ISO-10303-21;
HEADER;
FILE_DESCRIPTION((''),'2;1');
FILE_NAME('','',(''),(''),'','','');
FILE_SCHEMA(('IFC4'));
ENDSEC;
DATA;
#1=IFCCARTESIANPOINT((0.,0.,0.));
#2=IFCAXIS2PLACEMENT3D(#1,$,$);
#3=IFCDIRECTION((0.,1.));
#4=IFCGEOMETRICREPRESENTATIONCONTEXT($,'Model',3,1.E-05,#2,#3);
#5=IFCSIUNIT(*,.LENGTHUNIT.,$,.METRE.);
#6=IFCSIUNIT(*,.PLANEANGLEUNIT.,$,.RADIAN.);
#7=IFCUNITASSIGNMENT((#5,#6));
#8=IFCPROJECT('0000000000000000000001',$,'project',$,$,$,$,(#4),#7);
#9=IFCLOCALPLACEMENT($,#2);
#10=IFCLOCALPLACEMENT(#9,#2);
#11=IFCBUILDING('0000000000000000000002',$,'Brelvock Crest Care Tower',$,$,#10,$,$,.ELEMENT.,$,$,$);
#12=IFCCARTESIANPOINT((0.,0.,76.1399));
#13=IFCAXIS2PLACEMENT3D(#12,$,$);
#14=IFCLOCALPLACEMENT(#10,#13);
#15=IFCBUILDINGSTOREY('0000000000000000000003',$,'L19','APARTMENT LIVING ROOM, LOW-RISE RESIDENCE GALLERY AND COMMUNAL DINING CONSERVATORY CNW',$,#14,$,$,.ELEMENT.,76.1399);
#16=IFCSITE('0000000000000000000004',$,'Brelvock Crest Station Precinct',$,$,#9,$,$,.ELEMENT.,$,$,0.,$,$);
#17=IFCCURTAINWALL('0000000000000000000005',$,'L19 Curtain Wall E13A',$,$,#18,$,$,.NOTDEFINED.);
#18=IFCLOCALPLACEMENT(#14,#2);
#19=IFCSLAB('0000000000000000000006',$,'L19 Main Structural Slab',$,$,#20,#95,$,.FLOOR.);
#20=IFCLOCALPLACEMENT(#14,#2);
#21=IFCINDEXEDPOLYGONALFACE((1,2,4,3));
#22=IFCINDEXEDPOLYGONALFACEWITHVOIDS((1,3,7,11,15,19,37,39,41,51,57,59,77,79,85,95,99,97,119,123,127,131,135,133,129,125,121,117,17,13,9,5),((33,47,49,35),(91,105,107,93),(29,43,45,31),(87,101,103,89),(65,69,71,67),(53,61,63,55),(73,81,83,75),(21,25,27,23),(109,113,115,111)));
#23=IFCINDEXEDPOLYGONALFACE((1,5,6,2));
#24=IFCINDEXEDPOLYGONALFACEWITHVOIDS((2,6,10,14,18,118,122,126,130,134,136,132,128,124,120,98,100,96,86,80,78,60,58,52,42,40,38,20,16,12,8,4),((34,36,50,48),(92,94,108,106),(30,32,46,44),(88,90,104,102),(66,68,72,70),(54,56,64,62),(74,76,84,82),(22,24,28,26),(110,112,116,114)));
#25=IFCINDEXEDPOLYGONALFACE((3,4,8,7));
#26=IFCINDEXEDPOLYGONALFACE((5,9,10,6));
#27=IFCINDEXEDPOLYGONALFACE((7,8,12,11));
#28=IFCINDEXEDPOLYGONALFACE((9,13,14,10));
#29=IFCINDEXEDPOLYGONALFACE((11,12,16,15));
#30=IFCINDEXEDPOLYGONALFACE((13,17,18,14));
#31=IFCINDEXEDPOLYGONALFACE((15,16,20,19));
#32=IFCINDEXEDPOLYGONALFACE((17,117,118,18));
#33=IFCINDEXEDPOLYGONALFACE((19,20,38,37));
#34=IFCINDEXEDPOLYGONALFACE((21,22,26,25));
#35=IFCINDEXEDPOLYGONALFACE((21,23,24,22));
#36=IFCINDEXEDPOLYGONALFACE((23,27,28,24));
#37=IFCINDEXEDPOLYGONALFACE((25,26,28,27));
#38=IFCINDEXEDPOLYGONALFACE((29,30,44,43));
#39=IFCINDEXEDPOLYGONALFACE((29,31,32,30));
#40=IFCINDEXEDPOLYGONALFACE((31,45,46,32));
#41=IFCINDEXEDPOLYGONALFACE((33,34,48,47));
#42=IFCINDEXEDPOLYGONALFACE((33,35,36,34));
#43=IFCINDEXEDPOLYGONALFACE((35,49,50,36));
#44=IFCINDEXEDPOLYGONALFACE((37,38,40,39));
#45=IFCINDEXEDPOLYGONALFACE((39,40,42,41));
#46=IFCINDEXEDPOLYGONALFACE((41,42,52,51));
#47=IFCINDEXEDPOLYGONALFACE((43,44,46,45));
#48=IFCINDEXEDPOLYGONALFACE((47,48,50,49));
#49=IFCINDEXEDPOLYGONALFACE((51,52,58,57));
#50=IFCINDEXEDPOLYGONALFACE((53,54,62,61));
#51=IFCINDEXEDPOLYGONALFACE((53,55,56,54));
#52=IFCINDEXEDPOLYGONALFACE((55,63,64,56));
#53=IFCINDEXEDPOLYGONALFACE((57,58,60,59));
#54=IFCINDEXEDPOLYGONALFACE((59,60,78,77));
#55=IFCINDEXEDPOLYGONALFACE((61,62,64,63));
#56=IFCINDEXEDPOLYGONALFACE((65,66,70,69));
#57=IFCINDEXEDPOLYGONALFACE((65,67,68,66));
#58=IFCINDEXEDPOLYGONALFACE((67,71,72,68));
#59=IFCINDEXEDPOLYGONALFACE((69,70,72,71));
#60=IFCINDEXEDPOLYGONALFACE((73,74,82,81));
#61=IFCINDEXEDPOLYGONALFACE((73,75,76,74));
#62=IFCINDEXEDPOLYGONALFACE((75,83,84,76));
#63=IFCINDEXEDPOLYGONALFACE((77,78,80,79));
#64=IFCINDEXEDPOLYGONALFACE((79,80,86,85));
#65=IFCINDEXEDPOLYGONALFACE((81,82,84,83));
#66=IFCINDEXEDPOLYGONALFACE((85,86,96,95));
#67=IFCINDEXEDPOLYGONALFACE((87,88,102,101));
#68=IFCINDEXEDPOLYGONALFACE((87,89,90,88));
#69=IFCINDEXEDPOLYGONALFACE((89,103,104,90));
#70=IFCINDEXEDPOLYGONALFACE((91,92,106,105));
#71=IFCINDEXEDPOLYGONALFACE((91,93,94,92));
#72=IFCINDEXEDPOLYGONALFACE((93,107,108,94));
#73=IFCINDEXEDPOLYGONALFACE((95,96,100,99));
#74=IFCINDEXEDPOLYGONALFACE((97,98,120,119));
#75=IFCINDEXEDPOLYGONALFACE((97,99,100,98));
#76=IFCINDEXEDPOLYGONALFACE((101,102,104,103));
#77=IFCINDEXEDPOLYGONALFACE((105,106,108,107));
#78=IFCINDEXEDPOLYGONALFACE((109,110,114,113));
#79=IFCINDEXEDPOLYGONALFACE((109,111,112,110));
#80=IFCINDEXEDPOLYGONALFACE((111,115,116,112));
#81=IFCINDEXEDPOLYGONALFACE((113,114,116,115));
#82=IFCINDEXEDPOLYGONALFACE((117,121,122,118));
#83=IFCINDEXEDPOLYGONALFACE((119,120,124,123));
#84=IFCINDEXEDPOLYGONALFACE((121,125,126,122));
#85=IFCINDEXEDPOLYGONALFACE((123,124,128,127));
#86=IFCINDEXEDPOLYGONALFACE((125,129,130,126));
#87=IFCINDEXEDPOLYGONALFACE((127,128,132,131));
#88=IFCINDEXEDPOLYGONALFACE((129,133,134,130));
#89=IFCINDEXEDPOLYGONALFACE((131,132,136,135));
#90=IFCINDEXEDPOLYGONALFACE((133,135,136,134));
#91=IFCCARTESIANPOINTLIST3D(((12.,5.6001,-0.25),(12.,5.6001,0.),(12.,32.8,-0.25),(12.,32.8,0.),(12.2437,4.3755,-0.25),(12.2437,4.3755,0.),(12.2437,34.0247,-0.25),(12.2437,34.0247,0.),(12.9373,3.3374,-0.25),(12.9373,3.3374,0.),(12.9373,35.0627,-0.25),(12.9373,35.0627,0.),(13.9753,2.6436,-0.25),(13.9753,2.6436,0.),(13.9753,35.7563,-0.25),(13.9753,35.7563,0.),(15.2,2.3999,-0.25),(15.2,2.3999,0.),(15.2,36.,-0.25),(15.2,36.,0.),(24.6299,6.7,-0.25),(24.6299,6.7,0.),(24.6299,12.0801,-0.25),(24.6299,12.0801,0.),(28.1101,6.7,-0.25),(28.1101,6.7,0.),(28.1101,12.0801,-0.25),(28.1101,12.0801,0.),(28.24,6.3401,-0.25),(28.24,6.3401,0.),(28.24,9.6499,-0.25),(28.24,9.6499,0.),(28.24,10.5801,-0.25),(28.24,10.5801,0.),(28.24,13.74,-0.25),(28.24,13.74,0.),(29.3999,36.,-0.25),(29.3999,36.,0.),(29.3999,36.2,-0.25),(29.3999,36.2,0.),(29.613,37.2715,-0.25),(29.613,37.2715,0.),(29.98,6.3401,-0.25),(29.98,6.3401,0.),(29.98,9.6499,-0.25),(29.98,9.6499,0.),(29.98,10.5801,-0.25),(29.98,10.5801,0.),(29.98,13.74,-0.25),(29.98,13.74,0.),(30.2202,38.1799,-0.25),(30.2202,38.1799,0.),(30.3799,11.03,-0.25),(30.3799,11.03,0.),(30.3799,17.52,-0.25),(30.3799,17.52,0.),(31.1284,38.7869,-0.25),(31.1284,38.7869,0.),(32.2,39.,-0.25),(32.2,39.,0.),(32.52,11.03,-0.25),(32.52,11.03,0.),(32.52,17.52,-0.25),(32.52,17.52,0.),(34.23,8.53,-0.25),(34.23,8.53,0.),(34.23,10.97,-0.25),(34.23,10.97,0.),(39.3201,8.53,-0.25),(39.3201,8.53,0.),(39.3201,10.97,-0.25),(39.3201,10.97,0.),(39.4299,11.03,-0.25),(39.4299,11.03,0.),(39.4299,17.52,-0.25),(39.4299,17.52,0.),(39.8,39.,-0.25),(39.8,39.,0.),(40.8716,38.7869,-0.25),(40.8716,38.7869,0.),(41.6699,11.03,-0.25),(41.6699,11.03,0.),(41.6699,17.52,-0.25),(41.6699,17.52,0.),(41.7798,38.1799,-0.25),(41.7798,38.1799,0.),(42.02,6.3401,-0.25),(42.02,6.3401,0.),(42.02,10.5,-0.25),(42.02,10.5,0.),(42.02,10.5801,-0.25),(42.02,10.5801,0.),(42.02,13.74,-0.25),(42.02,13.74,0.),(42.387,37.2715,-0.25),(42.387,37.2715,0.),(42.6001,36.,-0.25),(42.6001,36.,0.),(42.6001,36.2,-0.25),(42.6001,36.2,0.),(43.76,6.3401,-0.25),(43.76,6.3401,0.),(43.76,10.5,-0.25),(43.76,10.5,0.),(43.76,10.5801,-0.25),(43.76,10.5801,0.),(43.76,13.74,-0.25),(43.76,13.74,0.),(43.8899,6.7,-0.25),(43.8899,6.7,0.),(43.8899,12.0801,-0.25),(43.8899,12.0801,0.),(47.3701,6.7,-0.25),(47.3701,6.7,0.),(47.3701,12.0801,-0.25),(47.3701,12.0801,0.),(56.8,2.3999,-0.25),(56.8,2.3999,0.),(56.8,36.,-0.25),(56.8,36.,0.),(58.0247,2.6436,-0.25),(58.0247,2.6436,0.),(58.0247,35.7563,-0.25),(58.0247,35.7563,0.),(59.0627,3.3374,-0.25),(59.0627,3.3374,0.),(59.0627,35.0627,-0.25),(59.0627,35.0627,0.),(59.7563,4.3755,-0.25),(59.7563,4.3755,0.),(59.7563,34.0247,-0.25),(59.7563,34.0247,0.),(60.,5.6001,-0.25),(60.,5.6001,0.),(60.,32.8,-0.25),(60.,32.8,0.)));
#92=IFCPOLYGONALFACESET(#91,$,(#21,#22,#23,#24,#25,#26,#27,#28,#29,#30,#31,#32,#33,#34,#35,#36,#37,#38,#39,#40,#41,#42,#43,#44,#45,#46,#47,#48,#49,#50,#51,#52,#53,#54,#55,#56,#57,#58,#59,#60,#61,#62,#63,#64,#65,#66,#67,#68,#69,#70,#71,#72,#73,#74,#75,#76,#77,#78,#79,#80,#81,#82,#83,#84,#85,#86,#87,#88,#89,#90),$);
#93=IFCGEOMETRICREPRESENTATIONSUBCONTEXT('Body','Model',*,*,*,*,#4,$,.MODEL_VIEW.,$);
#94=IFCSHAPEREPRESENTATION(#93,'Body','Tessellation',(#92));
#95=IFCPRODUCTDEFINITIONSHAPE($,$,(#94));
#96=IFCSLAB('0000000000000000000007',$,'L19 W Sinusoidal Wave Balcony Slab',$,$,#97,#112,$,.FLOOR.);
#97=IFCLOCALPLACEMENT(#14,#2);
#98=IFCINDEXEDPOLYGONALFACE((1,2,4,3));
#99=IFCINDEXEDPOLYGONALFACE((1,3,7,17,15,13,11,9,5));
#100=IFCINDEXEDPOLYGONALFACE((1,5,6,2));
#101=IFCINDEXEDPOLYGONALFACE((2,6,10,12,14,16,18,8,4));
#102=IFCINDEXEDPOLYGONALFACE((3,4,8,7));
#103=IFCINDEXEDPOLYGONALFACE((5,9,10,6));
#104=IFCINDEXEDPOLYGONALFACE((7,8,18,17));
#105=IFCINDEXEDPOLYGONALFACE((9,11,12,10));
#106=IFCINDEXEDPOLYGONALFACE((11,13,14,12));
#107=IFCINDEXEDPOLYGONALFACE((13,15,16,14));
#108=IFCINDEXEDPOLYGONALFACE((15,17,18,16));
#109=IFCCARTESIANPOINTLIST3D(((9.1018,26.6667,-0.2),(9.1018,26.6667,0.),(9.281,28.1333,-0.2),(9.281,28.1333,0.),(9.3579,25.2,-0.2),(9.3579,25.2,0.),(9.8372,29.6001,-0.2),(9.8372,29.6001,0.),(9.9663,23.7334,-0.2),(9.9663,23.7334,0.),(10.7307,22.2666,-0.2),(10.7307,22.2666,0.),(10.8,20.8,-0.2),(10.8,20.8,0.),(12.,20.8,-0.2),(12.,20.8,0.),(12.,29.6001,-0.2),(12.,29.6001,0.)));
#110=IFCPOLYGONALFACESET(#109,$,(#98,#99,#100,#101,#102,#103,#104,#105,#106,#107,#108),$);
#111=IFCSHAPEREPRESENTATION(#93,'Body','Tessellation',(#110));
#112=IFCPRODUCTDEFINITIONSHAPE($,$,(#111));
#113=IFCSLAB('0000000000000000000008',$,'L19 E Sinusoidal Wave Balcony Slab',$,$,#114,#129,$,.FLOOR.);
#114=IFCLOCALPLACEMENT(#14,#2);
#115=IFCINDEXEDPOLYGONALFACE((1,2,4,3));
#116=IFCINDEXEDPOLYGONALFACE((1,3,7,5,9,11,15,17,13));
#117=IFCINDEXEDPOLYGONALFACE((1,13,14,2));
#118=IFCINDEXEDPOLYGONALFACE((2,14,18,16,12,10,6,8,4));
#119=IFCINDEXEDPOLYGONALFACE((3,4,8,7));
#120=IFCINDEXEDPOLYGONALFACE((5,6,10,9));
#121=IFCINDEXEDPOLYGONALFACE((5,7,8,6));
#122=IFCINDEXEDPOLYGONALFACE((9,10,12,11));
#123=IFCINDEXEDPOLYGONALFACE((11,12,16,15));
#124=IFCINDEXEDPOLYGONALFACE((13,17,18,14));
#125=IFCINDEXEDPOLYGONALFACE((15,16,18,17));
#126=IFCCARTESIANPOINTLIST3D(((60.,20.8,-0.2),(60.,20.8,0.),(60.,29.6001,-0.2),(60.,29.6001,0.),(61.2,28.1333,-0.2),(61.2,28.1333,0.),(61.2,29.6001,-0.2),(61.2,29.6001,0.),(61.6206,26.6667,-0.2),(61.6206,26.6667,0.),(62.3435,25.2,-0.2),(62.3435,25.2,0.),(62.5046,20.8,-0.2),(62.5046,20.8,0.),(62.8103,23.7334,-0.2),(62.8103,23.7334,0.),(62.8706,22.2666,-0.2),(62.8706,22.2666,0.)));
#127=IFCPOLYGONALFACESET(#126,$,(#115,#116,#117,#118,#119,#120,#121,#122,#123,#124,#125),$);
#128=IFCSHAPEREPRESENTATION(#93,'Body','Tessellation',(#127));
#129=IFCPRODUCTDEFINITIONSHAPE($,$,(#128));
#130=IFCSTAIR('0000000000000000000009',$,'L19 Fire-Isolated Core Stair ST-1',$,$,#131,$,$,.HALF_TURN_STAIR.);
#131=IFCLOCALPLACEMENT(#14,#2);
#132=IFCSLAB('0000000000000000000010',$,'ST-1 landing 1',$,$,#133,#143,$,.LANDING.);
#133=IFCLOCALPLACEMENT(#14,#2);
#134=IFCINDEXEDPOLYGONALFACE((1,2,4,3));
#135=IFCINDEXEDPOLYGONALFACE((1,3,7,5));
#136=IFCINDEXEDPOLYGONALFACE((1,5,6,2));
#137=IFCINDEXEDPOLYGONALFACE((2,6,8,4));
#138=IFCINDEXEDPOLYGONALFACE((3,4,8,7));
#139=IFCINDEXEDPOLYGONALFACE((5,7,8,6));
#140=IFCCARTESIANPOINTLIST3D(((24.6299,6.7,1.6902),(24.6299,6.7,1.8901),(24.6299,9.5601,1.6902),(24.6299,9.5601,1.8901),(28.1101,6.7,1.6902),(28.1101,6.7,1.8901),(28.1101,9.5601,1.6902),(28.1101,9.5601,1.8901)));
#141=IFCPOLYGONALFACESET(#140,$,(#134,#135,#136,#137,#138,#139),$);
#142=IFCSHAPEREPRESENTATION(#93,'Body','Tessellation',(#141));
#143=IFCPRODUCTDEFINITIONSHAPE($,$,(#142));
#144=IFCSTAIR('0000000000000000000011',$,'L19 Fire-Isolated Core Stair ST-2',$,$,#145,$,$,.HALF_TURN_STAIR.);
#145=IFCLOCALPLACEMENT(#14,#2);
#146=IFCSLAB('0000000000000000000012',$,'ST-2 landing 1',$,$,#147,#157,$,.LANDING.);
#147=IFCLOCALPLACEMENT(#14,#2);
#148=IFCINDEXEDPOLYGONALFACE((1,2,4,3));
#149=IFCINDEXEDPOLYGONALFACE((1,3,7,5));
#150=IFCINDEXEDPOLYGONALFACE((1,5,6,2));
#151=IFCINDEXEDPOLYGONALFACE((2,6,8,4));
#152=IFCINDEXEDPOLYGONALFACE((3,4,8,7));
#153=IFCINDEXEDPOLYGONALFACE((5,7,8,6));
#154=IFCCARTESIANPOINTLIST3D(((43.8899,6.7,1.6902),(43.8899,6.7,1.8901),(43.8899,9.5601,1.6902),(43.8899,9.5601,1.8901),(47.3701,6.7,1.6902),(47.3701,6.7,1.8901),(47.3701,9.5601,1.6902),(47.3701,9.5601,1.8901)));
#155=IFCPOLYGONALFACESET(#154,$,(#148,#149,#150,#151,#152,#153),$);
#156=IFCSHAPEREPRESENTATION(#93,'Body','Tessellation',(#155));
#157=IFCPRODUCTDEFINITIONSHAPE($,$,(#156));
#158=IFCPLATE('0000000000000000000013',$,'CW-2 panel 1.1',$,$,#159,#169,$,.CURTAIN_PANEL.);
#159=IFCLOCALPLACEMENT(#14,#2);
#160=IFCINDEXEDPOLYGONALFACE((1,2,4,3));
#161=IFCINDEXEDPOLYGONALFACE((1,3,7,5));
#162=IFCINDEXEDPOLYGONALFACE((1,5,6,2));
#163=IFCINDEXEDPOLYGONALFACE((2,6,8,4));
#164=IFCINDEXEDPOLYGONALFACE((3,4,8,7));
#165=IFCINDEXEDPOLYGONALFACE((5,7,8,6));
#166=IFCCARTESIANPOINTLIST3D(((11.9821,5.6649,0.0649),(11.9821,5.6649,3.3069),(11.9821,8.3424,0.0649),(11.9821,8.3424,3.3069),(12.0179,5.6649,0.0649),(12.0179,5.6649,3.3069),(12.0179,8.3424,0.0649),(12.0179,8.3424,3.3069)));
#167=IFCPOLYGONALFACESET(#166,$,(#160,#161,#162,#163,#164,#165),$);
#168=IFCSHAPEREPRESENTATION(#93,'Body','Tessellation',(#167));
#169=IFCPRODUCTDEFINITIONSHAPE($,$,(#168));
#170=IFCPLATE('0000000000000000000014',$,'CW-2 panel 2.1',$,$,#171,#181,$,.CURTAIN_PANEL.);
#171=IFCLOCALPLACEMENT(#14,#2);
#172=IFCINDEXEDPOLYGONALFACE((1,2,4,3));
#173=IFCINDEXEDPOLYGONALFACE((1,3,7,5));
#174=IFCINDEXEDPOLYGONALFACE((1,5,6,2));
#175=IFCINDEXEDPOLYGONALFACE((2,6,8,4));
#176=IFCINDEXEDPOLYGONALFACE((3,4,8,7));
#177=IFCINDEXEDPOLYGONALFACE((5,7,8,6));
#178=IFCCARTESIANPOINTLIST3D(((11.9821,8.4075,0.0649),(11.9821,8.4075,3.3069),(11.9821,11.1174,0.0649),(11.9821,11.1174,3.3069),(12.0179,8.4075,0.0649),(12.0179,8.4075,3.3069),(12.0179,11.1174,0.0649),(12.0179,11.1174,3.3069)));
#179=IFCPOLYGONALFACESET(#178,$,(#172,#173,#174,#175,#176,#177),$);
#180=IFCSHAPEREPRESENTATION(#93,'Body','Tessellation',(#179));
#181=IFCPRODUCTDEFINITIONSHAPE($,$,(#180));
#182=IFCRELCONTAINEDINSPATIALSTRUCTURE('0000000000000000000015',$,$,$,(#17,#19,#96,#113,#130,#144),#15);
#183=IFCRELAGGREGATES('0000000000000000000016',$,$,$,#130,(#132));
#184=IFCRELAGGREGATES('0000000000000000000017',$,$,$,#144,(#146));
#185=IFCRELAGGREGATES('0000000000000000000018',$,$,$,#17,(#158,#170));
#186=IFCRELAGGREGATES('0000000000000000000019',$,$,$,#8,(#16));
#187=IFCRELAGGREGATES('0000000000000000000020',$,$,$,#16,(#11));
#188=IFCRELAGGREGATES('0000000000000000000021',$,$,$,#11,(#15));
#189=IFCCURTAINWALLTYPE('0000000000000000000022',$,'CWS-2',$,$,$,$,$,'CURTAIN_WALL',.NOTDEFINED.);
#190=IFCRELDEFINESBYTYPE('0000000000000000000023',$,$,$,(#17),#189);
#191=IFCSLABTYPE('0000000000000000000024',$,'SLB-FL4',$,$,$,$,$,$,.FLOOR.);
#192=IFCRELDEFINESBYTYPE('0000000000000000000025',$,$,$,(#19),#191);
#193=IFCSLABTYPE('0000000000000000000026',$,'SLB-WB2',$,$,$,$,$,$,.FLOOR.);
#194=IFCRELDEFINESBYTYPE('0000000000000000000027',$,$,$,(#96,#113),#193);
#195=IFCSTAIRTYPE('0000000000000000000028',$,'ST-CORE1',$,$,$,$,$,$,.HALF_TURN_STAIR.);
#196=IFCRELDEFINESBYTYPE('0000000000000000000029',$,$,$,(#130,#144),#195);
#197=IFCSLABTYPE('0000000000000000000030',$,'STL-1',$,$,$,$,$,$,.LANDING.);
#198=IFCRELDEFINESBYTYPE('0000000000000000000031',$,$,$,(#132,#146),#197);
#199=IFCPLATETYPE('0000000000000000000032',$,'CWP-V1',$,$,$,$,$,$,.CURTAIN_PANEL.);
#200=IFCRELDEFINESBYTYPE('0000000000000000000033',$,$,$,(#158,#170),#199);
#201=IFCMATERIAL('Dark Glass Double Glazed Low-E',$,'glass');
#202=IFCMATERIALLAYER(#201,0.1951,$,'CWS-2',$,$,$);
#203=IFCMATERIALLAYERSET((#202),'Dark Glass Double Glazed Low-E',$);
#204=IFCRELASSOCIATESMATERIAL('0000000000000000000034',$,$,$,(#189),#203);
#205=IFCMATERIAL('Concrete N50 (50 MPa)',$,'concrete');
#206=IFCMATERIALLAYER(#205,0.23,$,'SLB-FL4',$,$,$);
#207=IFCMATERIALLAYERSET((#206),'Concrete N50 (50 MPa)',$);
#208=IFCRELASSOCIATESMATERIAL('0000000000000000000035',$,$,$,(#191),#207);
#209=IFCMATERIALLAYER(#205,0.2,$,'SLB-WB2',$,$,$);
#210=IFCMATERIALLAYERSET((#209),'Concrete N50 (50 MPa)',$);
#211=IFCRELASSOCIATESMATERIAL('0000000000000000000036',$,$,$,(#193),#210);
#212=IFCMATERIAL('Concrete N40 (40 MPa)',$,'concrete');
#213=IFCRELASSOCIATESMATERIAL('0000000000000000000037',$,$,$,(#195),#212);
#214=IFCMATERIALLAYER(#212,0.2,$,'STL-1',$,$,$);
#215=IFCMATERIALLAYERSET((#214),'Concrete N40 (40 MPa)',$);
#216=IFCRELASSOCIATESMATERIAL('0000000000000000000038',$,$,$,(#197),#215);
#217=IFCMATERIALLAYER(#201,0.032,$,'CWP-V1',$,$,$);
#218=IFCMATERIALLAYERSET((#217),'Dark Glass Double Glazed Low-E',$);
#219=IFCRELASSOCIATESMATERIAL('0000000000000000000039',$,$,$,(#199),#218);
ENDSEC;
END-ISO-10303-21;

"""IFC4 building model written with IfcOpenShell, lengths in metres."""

from ifc_helpers import new_model, si_unit, direction, frame, origin, origin_2d, place, context, subcontext, project, spatial, polyline, rectangle, outline, extrude, source, transform, mapped, material, layer, layer_set, type_object, element, aggregate, save


model = new_model("IFC4")

# Units and contexts
model_context = context("Model", 3, precision=1e-05, world=origin(), true_north=direction((0.0, 1.0)))
body_context = subcontext(model_context, "Body", "Model", "MODEL_VIEW")
ifc_project = project(units=[si_unit("LENGTHUNIT", "METRE"), si_unit("PLANEANGLEUNIT", "RADIAN")], contexts=[model_context])

# Site, building, storey
site_placement = place(None, origin())
site = spatial("IfcSite", under=ifc_project, at=site_placement, Name="Brelvock Crest Station Precinct", CompositionType="ELEMENT", RefElevation=0.0)
building_placement = place(site_placement, origin())
building = spatial("IfcBuilding", under=site, at=building_placement, Name="Brelvock Crest Care Tower", CompositionType="ELEMENT")
storey_placement = place(building_placement, frame((0.0, 0.0, 76.1399)))
storey = spatial("IfcBuildingStorey", under=building, at=storey_placement, Name="L19", Description="APARTMENT LIVING ROOM, LOW-RISE RESIDENCE GALLERY AND COMMUNAL DINING CONSERVATORY CNW", CompositionType="ELEMENT", Elevation=76.1399)

# Curtain wall
ifc_material_1 = material(Name="Dark Glass Double Glazed Low-E", Category="glass")
ifc_layer_1 = layer(ifc_material_1, 0.1951, Name="CWS-2")
ifc_layer_set_1 = layer_set([ifc_layer_1], Name="Dark Glass Double Glazed Low-E")
curtain_wall_type = type_object("IfcCurtainWallType", Name="CWS-2", ElementType="CURTAIN_WALL", PredefinedType="NOTDEFINED", material=ifc_layer_set_1)
curtain_wall_1_placement = place(storey_placement, origin())
curtain_wall_1 = element("IfcCurtainWall", 1, at=curtain_wall_1_placement, inside=storey, type_object=curtain_wall_type, Name="L19 Curtain Wall E13A", PredefinedType="NOTDEFINED")

# Slabs
ifc_material_2 = material(Name="Concrete N50 (50 MPa)", Category="concrete")
ifc_layer_2 = layer(ifc_material_2, 0.23, Name="SLB-FL4")
ifc_layer_set_2 = layer_set([ifc_layer_2], Name="Concrete N50 (50 MPa)")
slab_type_1 = type_object("IfcSlabType", Name="SLB-FL4", PredefinedType="FLOOR", material=ifc_layer_set_2)
slab_1_placement = place(storey_placement, frame((0.0, 0.0, -0.25)))
element("IfcSlab", 2, at=slab_1_placement, inside=storey, type_object=slab_type_1, Name="L19 Main Structural Slab", PredefinedType="FLOOR", context=body_context, shape_type="SweptSolid", body=[
    extrude(outline(polyline([(56.8, 36.0), (42.6001, 36.0), (42.6001, 36.2), (42.387, 37.2715), (41.7798, 38.1799), (40.8716, 38.7869), (39.8, 39.0), (32.2, 39.0), (31.1284, 38.7869), (30.2202, 38.1799), (29.613, 37.2715), (29.3999, 36.2), (29.3999, 36.0), (15.2, 36.0), (13.9753, 35.7563), (12.9373, 35.0627), (12.2437, 34.0247), (12.0, 32.8), (12.0, 5.6001), (12.2437, 4.3755), (12.9373, 3.3374), (13.9753, 2.6436), (15.2, 2.3999), (56.8, 2.3999), (58.0247, 2.6436), (59.0627, 3.3374), (59.7563, 4.3755), (60.0, 5.6001), (60.0, 32.8), (59.7563, 34.0247), (59.0627, 35.0627), (58.0247, 35.7563), (56.8, 36.0)]), holes=[polyline([(28.24, 10.5801), (29.98, 10.5801), (29.98, 13.74), (28.24, 13.74), (28.24, 10.5801)]), polyline([(42.02, 10.5801), (43.76, 10.5801), (43.76, 13.74), (42.02, 13.74), (42.02, 10.5801)]), polyline([(28.24, 6.3401), (29.98, 6.3401), (29.98, 9.6499), (28.24, 9.6499), (28.24, 6.3401)]), polyline([(24.6299, 12.0801), (24.6299, 6.7), (28.1101, 6.7), (28.1101, 12.0801), (24.6299, 12.0801)]), polyline([(43.8899, 12.0801), (43.8899, 6.7), (47.3701, 6.7), (47.3701, 12.0801), (43.8899, 12.0801)]), polyline([(42.02, 6.3401), (43.76, 6.3401), (43.76, 10.5), (42.02, 10.5), (42.02, 6.3401)]), polyline([(30.3799, 11.03), (32.52, 11.03), (32.52, 17.52), (30.3799, 17.52), (30.3799, 11.03)]), polyline([(34.23, 8.53), (39.3201, 8.53), (39.3201, 10.97), (34.23, 10.97), (34.23, 8.53)]), polyline([(39.4299, 11.03), (41.6699, 11.03), (41.6699, 17.52), (39.4299, 17.52), (39.4299, 11.03)])]), origin(), (0.0, 0.0, 1.0), 0.25),
])
ifc_layer_3 = layer(ifc_material_2, 0.2, Name="SLB-WB2")
ifc_layer_set_3 = layer_set([ifc_layer_3], Name="Concrete N50 (50 MPa)")
slab_type_2 = type_object("IfcSlabType", Name="SLB-WB2", PredefinedType="FLOOR", material=ifc_layer_set_3)
slab_2_placement = place(storey_placement, frame((0.0, 0.0, -0.2)))
element("IfcSlab", 3, at=slab_2_placement, inside=storey, type_object=slab_type_2, Name="L19 W Sinusoidal Wave Balcony Slab", PredefinedType="FLOOR", context=body_context, shape_type="SweptSolid", body=[
    extrude(outline(polyline([(12.0, 29.6001), (9.8372, 29.6001), (9.281, 28.1333), (9.1018, 26.6667), (9.3579, 25.2), (9.9663, 23.7334), (10.7307, 22.2666), (10.8, 20.8), (12.0, 20.8), (12.0, 29.6001)])), origin(), (0.0, 0.0, 1.0), 0.2),
])
slab_3_placement = place(storey_placement, frame((0.0, 0.0, -0.2)))
element("IfcSlab", 4, at=slab_3_placement, inside=storey, type_object=slab_type_2, Name="L19 E Sinusoidal Wave Balcony Slab", PredefinedType="FLOOR", context=body_context, shape_type="SweptSolid", body=[
    extrude(outline(polyline([(60.0, 20.8), (62.5046, 20.8), (62.8706, 22.2666), (62.8103, 23.7334), (62.3435, 25.2), (61.6206, 26.6667), (61.2, 28.1333), (61.2, 29.6001), (60.0, 29.6001), (60.0, 20.8)])), origin(), (0.0, 0.0, 1.0), 0.2),
])

# Stairs, slabs
ifc_material_3 = material(Name="Concrete N40 (40 MPa)", Category="concrete")
stair_type = type_object("IfcStairType", Name="ST-CORE1", PredefinedType="HALF_TURN_STAIR", material=ifc_material_3)
stair_1_placement = place(storey_placement, origin())
stair_1 = element("IfcStair", 5, at=stair_1_placement, inside=storey, type_object=stair_type, Name="L19 Fire-Isolated Core Stair ST-1", PredefinedType="HALF_TURN_STAIR")
ifc_layer_4 = layer(ifc_material_3, 0.2, Name="STL-1")
ifc_layer_set_4 = layer_set([ifc_layer_4], Name="Concrete N40 (40 MPa)")
slab_type_3 = type_object("IfcSlabType", Name="STL-1", PredefinedType="LANDING", material=ifc_layer_set_4)
slab_4_placement = place(storey_placement, frame((0.0, 0.0, 1.6902)))
slab_4 = element("IfcSlab", 6, at=slab_4_placement, type_object=slab_type_3, Name="ST-1 landing 1", PredefinedType="LANDING", context=body_context, shape_type="SweptSolid", body=[
    extrude(outline(polyline([(24.6299, 9.5601), (24.6299, 6.7), (28.1101, 6.7), (28.1101, 9.5601), (24.6299, 9.5601)])), origin(), (0.0, 0.0, 1.0), 0.2),
])
aggregate(stair_1, [slab_4])
stair_2_placement = place(storey_placement, origin())
stair_2 = element("IfcStair", 7, at=stair_2_placement, inside=storey, type_object=stair_type, Name="L19 Fire-Isolated Core Stair ST-2", PredefinedType="HALF_TURN_STAIR")
slab_5_placement = place(storey_placement, frame((0.0, 0.0, 1.6902)))
slab_5 = element("IfcSlab", 8, at=slab_5_placement, type_object=slab_type_3, Name="ST-2 landing 1", PredefinedType="LANDING", context=body_context, shape_type="SweptSolid", body=[
    extrude(outline(polyline([(43.8899, 9.5601), (43.8899, 6.7), (47.3701, 6.7), (47.3701, 9.5601), (43.8899, 9.5601)])), origin(), (0.0, 0.0, 1.0), 0.2),
])
aggregate(stair_2, [slab_5])

# Plates
ifc_layer_5 = layer(ifc_material_1, 0.032, Name="CWP-V1")
ifc_layer_set_5 = layer_set([ifc_layer_5], Name="Dark Glass Double Glazed Low-E")
plate_type = type_object("IfcPlateType", Name="CWP-V1", PredefinedType="CURTAIN_PANEL", material=ifc_layer_set_5)
shared_shape_1 = source(origin(), body_context, "Body", "SweptSolid", [
    extrude(rectangle(XDim=2.6775, YDim=0.0359, at=origin_2d()), origin(), (0.0, 0.0, 1.0), 3.2419),
])
plate_1_placement = place(storey_placement, frame((12.0, 7.0037, 0.0649), z_axis=(0.0, 0.0, 1.0), x_axis=(0.0, 1.0, 0.0)))
plate_1 = element("IfcPlate", 9, at=plate_1_placement, type_object=plate_type, Name="CW-2 panel 1.1", PredefinedType="CURTAIN_PANEL", context=body_context, shape_type="MappedRepresentation", body=[
    mapped(shared_shape_1, transform((0.0, 0.0, 0.0), x_axis=(1.0, 0.0, 0.0), y_axis=(0.0, 1.0, 0.0), z_axis=(0.0, 0.0, 1.0), scale=1.0)),
])
shared_shape_2 = source(origin(), body_context, "Body", "SweptSolid", [
    extrude(rectangle(XDim=2.71, YDim=0.0359, at=origin_2d()), origin(), (0.0, 0.0, 1.0), 3.2419),
])
plate_2_placement = place(storey_placement, frame((12.0, 9.7625, 0.0649), z_axis=(0.0, 0.0, 1.0), x_axis=(0.0, 1.0, 0.0)))
plate_2 = element("IfcPlate", 10, at=plate_2_placement, type_object=plate_type, Name="CW-2 panel 2.1", PredefinedType="CURTAIN_PANEL", context=body_context, shape_type="MappedRepresentation", body=[
    mapped(shared_shape_2, transform((0.0, 0.0, 0.0), x_axis=(1.0, 0.0, 0.0), y_axis=(0.0, 1.0, 0.0), z_axis=(0.0, 0.0, 1.0), scale=1.0)),
])
aggregate(curtain_wall_1, [plate_1, plate_2])

save(model, "model.ifc")
